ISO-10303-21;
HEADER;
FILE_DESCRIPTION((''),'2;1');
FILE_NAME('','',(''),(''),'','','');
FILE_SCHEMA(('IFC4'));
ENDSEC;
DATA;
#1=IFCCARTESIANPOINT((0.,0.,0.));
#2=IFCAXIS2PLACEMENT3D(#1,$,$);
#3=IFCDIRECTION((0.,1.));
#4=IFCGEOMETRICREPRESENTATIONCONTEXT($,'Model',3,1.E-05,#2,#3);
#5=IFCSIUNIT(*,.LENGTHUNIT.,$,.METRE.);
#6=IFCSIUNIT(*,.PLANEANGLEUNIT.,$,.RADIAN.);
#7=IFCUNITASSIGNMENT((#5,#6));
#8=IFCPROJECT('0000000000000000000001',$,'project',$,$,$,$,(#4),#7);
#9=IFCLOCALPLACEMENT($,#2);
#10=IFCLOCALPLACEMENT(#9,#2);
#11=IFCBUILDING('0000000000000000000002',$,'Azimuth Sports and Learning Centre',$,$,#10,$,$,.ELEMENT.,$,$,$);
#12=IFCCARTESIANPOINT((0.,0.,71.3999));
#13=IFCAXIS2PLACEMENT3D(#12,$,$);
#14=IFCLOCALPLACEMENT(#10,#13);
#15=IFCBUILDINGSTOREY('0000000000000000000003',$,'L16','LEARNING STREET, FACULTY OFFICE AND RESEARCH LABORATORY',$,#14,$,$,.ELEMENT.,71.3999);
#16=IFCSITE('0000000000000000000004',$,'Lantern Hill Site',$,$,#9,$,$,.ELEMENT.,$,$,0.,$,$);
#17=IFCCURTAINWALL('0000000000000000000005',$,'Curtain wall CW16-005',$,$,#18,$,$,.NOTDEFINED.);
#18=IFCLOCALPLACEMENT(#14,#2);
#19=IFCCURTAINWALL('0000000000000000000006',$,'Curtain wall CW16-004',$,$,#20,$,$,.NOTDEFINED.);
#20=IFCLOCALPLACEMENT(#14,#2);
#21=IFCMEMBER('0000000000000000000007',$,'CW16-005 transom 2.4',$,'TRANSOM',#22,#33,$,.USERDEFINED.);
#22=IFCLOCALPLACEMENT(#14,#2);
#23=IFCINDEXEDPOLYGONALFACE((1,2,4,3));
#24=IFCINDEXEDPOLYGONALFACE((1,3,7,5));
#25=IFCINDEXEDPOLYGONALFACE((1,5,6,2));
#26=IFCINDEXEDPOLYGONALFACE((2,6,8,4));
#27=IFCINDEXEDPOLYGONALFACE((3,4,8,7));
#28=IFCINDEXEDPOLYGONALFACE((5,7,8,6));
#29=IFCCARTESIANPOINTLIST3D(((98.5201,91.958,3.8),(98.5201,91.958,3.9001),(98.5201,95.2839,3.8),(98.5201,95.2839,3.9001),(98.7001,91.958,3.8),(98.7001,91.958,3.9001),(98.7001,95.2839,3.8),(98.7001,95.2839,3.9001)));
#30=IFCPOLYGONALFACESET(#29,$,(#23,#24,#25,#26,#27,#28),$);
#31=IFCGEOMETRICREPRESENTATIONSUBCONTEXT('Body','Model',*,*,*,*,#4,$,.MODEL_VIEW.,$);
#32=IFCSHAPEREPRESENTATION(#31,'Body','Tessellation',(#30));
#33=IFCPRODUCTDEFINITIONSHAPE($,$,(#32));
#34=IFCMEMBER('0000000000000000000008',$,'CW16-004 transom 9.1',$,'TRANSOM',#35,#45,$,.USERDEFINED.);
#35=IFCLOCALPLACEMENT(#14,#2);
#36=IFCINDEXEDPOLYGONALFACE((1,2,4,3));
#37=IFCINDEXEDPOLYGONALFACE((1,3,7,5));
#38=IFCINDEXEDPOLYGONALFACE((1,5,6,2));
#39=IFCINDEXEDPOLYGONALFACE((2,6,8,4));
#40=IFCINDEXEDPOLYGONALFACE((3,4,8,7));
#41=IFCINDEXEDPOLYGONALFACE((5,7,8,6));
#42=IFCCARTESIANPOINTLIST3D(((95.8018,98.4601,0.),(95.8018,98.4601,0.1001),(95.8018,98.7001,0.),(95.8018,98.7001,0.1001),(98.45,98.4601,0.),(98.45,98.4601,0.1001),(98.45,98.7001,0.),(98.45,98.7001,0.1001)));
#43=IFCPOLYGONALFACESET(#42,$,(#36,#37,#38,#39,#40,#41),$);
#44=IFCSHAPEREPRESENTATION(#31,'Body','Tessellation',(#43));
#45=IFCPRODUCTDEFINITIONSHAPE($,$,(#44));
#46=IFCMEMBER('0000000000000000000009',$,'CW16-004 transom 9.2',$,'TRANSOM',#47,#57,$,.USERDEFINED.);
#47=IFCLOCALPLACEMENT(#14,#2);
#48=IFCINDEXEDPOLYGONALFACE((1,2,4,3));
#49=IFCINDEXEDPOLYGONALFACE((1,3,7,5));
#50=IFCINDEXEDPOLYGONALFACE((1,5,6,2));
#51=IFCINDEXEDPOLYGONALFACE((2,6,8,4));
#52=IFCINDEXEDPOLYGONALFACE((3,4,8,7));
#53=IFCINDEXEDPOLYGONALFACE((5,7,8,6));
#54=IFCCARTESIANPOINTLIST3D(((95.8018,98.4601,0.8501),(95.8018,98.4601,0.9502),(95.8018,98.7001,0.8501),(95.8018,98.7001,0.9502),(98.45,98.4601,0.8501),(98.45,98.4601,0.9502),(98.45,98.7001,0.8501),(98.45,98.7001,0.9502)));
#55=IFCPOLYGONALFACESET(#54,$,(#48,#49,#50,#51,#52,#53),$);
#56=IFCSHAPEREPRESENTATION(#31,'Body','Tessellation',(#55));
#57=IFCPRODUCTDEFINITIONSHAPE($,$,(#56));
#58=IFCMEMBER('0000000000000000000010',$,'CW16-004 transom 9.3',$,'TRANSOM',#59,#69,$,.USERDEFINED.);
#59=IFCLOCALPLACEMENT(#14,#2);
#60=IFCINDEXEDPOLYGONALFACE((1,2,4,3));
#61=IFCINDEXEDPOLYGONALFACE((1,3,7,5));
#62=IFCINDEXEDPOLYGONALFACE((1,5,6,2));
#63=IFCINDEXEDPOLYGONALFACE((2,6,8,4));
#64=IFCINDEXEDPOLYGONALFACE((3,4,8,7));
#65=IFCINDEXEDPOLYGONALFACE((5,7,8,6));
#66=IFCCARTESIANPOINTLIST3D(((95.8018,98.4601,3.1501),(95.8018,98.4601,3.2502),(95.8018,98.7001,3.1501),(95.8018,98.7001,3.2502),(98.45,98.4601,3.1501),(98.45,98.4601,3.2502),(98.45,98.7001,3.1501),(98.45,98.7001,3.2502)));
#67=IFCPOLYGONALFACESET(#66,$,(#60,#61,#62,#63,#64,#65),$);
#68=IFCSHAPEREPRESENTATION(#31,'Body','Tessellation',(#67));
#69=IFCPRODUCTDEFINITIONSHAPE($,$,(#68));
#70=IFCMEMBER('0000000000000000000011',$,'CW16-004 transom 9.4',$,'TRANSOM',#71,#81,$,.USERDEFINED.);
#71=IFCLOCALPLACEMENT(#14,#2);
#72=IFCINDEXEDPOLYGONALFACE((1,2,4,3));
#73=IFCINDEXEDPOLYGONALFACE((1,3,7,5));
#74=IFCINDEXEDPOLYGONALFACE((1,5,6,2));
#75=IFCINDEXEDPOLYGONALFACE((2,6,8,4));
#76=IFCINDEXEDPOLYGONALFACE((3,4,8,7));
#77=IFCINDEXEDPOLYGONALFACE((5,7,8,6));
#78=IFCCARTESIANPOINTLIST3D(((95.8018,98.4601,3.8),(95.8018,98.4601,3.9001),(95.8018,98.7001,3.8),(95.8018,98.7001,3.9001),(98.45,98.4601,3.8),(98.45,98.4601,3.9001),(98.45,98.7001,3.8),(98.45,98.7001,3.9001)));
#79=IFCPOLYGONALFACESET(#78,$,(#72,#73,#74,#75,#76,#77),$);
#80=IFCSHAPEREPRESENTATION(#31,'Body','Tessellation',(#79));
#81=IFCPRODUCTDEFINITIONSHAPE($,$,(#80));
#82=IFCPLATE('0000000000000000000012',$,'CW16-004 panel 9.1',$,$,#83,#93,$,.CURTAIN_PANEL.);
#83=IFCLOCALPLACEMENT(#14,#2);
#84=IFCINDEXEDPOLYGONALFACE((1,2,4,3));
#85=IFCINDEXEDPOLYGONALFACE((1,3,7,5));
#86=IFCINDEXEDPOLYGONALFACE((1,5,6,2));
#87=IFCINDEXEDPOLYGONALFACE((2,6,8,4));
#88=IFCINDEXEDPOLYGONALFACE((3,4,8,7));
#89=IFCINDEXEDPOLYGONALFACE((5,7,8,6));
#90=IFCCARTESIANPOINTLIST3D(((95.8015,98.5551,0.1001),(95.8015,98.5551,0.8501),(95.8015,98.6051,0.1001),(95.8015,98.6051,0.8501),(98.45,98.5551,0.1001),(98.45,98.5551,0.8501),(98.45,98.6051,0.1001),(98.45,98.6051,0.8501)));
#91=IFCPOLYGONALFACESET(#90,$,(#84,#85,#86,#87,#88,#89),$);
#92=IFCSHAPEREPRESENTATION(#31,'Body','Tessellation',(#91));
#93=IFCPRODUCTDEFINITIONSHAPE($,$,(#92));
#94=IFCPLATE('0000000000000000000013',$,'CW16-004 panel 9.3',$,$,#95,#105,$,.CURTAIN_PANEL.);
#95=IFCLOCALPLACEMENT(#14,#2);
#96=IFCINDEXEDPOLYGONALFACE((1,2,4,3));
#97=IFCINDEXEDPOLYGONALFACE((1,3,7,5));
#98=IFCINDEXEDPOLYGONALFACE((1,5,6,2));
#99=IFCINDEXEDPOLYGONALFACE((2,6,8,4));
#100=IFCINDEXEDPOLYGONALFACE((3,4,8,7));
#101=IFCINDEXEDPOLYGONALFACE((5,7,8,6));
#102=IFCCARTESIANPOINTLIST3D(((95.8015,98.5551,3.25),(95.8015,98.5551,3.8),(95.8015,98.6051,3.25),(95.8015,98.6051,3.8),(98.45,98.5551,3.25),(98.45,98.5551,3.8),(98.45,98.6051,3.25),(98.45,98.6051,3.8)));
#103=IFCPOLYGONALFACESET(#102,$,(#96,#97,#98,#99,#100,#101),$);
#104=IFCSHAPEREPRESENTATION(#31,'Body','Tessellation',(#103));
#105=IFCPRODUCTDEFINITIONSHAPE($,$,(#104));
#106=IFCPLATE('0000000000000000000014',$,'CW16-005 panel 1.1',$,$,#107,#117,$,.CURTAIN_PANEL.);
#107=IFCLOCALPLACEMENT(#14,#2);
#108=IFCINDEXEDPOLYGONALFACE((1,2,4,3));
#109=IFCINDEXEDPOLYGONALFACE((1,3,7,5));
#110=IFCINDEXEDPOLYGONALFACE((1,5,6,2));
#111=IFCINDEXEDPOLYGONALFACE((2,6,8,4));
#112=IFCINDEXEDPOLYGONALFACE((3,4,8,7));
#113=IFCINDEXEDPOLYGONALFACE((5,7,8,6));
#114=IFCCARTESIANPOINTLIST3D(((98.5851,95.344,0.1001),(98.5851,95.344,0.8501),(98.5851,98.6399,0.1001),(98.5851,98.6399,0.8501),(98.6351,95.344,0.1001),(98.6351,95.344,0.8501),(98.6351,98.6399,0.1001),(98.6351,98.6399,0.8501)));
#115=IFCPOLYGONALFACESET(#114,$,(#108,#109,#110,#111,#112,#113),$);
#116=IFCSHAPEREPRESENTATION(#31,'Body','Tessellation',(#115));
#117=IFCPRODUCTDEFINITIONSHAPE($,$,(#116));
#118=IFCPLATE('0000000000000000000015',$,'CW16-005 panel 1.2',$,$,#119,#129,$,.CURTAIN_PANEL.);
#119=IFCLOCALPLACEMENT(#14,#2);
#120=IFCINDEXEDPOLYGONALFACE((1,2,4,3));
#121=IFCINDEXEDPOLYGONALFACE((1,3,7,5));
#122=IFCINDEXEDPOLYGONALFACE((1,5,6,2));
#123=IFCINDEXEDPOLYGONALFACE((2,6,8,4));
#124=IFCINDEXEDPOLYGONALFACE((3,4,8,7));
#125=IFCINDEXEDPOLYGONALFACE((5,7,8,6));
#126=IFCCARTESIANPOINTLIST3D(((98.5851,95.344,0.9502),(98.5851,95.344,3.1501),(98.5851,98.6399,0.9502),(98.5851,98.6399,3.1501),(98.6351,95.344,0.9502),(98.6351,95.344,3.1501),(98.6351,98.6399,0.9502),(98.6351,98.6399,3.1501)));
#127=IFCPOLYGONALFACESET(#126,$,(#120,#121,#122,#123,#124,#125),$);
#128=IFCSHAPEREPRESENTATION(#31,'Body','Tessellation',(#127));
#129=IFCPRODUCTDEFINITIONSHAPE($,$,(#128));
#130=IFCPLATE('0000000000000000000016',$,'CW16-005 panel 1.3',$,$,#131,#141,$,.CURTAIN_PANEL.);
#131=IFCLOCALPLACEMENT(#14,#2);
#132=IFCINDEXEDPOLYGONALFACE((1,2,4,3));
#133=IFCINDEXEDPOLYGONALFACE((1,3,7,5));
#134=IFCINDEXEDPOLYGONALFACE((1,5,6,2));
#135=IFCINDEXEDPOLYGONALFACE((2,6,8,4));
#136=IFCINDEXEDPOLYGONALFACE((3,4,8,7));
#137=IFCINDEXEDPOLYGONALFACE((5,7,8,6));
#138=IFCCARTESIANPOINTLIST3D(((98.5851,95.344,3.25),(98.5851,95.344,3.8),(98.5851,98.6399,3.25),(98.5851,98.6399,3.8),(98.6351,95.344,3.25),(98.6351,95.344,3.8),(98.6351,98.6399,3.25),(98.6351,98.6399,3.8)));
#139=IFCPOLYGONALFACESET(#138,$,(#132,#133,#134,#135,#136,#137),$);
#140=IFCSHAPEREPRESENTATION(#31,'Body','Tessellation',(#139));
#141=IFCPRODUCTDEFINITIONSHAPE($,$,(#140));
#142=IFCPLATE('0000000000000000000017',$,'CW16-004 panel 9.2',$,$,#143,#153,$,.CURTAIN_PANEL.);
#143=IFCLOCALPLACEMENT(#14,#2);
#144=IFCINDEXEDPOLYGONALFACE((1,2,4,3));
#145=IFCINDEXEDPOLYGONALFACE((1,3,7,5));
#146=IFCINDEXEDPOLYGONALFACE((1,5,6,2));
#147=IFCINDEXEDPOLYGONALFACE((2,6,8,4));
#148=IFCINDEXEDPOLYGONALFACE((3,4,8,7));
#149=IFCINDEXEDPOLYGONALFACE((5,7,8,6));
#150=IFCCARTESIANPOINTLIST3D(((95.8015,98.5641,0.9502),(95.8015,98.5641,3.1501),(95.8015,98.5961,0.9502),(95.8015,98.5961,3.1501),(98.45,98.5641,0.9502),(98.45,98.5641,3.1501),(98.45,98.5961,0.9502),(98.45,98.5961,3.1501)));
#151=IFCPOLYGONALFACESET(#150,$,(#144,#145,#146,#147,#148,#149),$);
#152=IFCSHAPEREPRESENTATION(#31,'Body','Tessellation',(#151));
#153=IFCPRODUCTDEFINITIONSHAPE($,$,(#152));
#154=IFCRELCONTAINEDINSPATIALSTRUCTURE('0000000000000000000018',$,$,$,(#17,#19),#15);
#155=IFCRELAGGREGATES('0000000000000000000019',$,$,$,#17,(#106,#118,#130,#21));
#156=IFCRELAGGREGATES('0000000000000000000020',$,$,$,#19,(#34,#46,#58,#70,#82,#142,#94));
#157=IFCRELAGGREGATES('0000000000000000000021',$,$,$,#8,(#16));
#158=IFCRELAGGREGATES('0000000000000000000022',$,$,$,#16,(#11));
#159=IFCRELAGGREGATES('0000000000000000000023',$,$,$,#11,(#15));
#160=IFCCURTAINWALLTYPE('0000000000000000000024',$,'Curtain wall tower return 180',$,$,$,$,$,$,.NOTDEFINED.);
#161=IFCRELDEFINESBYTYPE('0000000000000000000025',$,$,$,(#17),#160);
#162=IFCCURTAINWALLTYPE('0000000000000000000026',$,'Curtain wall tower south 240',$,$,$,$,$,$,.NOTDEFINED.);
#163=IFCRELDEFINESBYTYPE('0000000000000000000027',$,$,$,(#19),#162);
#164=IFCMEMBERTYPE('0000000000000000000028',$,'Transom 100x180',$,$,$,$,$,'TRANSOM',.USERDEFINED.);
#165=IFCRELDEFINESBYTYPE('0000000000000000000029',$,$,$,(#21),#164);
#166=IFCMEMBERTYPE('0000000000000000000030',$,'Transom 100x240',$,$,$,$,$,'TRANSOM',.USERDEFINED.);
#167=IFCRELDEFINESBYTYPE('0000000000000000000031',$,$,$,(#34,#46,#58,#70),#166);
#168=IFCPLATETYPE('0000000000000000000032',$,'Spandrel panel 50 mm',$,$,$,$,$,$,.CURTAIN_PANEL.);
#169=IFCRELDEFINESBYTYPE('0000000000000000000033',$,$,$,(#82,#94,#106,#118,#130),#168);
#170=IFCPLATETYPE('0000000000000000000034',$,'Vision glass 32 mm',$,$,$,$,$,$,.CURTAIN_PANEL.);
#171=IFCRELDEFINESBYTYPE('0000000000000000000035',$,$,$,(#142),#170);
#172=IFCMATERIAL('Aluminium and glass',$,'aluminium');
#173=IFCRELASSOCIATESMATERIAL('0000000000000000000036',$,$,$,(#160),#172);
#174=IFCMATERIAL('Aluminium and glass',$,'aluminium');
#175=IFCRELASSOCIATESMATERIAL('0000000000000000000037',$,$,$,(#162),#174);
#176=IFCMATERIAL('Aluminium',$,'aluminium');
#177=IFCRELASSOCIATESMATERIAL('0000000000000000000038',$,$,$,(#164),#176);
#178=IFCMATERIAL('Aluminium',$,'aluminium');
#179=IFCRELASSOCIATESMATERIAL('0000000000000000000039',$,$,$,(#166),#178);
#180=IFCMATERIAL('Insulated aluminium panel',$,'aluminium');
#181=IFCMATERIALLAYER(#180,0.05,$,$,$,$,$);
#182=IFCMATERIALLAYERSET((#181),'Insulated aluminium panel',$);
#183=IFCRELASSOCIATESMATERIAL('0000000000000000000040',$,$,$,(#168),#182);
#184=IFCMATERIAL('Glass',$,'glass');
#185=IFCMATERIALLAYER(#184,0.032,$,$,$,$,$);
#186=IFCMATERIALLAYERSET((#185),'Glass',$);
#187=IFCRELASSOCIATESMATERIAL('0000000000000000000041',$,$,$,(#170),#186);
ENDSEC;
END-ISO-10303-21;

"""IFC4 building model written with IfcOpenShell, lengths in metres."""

from ifc_helpers import new_model, si_unit, direction, frame, origin, origin_2d, place, context, subcontext, project, spatial, rectangle, extrude, material, layer, layer_set, material_profile, profile_set, type_object, element, aggregate, save


model = new_model("IFC4")

# Units and contexts
model_context = context("Model", 3, precision=1e-05, world=origin(), true_north=direction((0.0, 1.0)))
body_context = subcontext(model_context, "Body", "Model", "MODEL_VIEW")
ifc_project = project(units=[si_unit("LENGTHUNIT", "METRE"), si_unit("PLANEANGLEUNIT", "RADIAN")], contexts=[model_context])

# Site, building, storey
site_placement = place(None, origin())
site = spatial("IfcSite", under=ifc_project, at=site_placement, Name="Lantern Hill Site", CompositionType="ELEMENT", RefElevation=0.0)
building_placement = place(site_placement, origin())
building = spatial("IfcBuilding", under=site, at=building_placement, Name="Azimuth Sports and Learning Centre", CompositionType="ELEMENT")
storey_placement = place(building_placement, frame((0.0, 0.0, 71.3999)))
storey = spatial("IfcBuildingStorey", under=building, at=storey_placement, Name="L16", Description="LEARNING STREET, FACULTY OFFICE AND RESEARCH LABORATORY", CompositionType="ELEMENT", Elevation=71.3999)

# Curtain walls
ifc_material_1 = material(Name="Aluminium and glass", Category="aluminium")
curtain_wall_type_1 = type_object("IfcCurtainWallType", Name="Curtain wall tower return 180", PredefinedType="NOTDEFINED", material=ifc_material_1)
curtain_wall_1_placement = place(storey_placement, origin())
curtain_wall_1 = element("IfcCurtainWall", 1, at=curtain_wall_1_placement, inside=storey, type_object=curtain_wall_type_1, Name="Curtain wall CW16-005", PredefinedType="NOTDEFINED")
ifc_material_2 = material(Name="Aluminium and glass", Category="aluminium")
curtain_wall_type_2 = type_object("IfcCurtainWallType", Name="Curtain wall tower south 240", PredefinedType="NOTDEFINED", material=ifc_material_2)
curtain_wall_2_placement = place(storey_placement, origin())
curtain_wall_2 = element("IfcCurtainWall", 2, at=curtain_wall_2_placement, inside=storey, type_object=curtain_wall_type_2, Name="Curtain wall CW16-004", PredefinedType="NOTDEFINED")

# Members
ifc_material_3 = material(Name="Aluminium", Category="aluminium")
ifc_material_profile_1 = material_profile(ifc_material_3, rectangle(XDim=0.1799, YDim=0.1001, at=origin_2d()), Name="Transom 100x180")
ifc_profile_set_1 = profile_set([ifc_material_profile_1], Name="Aluminium")
member_type_1 = type_object("IfcMemberType", Name="Transom 100x180", ElementType="TRANSOM", PredefinedType="USERDEFINED", material=ifc_profile_set_1)
member_1_placement = place(storey_placement, frame((98.6101, 95.2839, 3.8501), z_axis=(0.0, -1.0, 0.0), x_axis=(1.0, 0.0, 0.0)))
member_1 = element("IfcMember", 3, at=member_1_placement, type_object=member_type_1, Name="CW16-005 transom 2.4", ObjectType="TRANSOM", PredefinedType="USERDEFINED", context=body_context, shape_type="SweptSolid", body=[
    extrude(rectangle(XDim=0.1799, YDim=0.1001, at=origin_2d()), origin(), (0.0, 0.0, 1.0), 3.3259),
])
ifc_material_4 = material(Name="Aluminium", Category="aluminium")
ifc_material_profile_2 = material_profile(ifc_material_4, rectangle(XDim=0.24, YDim=0.1001, at=origin_2d()), Name="Transom 100x240")
ifc_profile_set_2 = profile_set([ifc_material_profile_2], Name="Aluminium")
member_type_2 = type_object("IfcMemberType", Name="Transom 100x240", ElementType="TRANSOM", PredefinedType="USERDEFINED", material=ifc_profile_set_2)
member_2_placement = place(storey_placement, frame((95.8018, 98.5801, 0.05), z_axis=(1.0, 0.0, 0.0), x_axis=(0.0, 1.0, 0.0)))
member_2 = element("IfcMember", 4, at=member_2_placement, type_object=member_type_2, Name="CW16-004 transom 9.1", ObjectType="TRANSOM", PredefinedType="USERDEFINED", context=body_context, shape_type="SweptSolid", body=[
    extrude(rectangle(XDim=0.24, YDim=0.1001, at=origin_2d()), origin(), (0.0, 0.0, 1.0), 2.6482),
])
member_3_placement = place(storey_placement, frame((95.8018, 98.5801, 0.9001), z_axis=(1.0, 0.0, 0.0), x_axis=(0.0, 1.0, 0.0)))
member_3 = element("IfcMember", 5, at=member_3_placement, type_object=member_type_2, Name="CW16-004 transom 9.2", ObjectType="TRANSOM", PredefinedType="USERDEFINED", context=body_context, shape_type="SweptSolid", body=[
    extrude(rectangle(XDim=0.24, YDim=0.1001, at=origin_2d()), origin(), (0.0, 0.0, 1.0), 2.6482),
])
member_4_placement = place(storey_placement, frame((95.8018, 98.5801, 3.2002), z_axis=(1.0, 0.0, 0.0), x_axis=(0.0, 1.0, 0.0)))
member_4 = element("IfcMember", 6, at=member_4_placement, type_object=member_type_2, Name="CW16-004 transom 9.3", ObjectType="TRANSOM", PredefinedType="USERDEFINED", context=body_context, shape_type="SweptSolid", body=[
    extrude(rectangle(XDim=0.24, YDim=0.1001, at=origin_2d()), origin(), (0.0, 0.0, 1.0), 2.6482),
])
member_5_placement = place(storey_placement, frame((95.8018, 98.5801, 3.8501), z_axis=(1.0, 0.0, 0.0), x_axis=(0.0, 1.0, 0.0)))
member_5 = element("IfcMember", 7, at=member_5_placement, type_object=member_type_2, Name="CW16-004 transom 9.4", ObjectType="TRANSOM", PredefinedType="USERDEFINED", context=body_context, shape_type="SweptSolid", body=[
    extrude(rectangle(XDim=0.24, YDim=0.1001, at=origin_2d()), origin(), (0.0, 0.0, 1.0), 2.6482),
])

# Plates
ifc_material_5 = material(Name="Insulated aluminium panel", Category="aluminium")
ifc_layer_1 = layer(ifc_material_5, 0.05)
ifc_layer_set_1 = layer_set([ifc_layer_1], Name="Insulated aluminium panel")
plate_type_1 = type_object("IfcPlateType", Name="Spandrel panel 50 mm", PredefinedType="CURTAIN_PANEL", material=ifc_layer_set_1)
plate_1_placement = place(storey_placement, frame((97.1257, 98.5801, 0.1001), z_axis=(0.0, 0.0, 1.0), x_axis=(1.0, 0.0, 0.0)))
plate_1 = element("IfcPlate", 8, at=plate_1_placement, type_object=plate_type_1, Name="CW16-004 panel 9.1", PredefinedType="CURTAIN_PANEL", context=body_context, shape_type="SweptSolid", body=[
    extrude(rectangle(XDim=2.6484, YDim=0.05, at=origin_2d()), origin(), (0.0, 0.0, 1.0), 0.75),
])
plate_2_placement = place(storey_placement, frame((97.1257, 98.5801, 3.25), z_axis=(0.0, 0.0, 1.0), x_axis=(1.0, 0.0, 0.0)))
plate_2 = element("IfcPlate", 9, at=plate_2_placement, type_object=plate_type_1, Name="CW16-004 panel 9.3", PredefinedType="CURTAIN_PANEL", context=body_context, shape_type="SweptSolid", body=[
    extrude(rectangle(XDim=2.6484, YDim=0.05, at=origin_2d()), origin(), (0.0, 0.0, 1.0), 0.55),
])
plate_3_placement = place(storey_placement, frame((98.6101, 96.9919, 0.1001), z_axis=(0.0, 0.0, 1.0), x_axis=(0.0, -1.0, 0.0)))
plate_3 = element("IfcPlate", 10, at=plate_3_placement, type_object=plate_type_1, Name="CW16-005 panel 1.1", PredefinedType="CURTAIN_PANEL", context=body_context, shape_type="SweptSolid", body=[
    extrude(rectangle(XDim=3.2959, YDim=0.05, at=origin_2d()), origin(), (0.0, 0.0, 1.0), 0.75),
])
plate_4_placement = place(storey_placement, frame((98.6101, 96.9919, 0.9502), z_axis=(0.0, 0.0, 1.0), x_axis=(0.0, -1.0, 0.0)))
plate_4 = element("IfcPlate", 11, at=plate_4_placement, type_object=plate_type_1, Name="CW16-005 panel 1.2", PredefinedType="CURTAIN_PANEL", context=body_context, shape_type="SweptSolid", body=[
    extrude(rectangle(XDim=3.2959, YDim=0.05, at=origin_2d()), origin(), (0.0, 0.0, 1.0), 2.2),
])
plate_5_placement = place(storey_placement, frame((98.6101, 96.9919, 3.25), z_axis=(0.0, 0.0, 1.0), x_axis=(0.0, -1.0, 0.0)))
plate_5 = element("IfcPlate", 12, at=plate_5_placement, type_object=plate_type_1, Name="CW16-005 panel 1.3", PredefinedType="CURTAIN_PANEL", context=body_context, shape_type="SweptSolid", body=[
    extrude(rectangle(XDim=3.2959, YDim=0.05, at=origin_2d()), origin(), (0.0, 0.0, 1.0), 0.55),
])
aggregate(curtain_wall_1, [plate_3, plate_4, plate_5, member_1])
ifc_material_6 = material(Name="Glass", Category="glass")
ifc_layer_2 = layer(ifc_material_6, 0.032)
ifc_layer_set_2 = layer_set([ifc_layer_2], Name="Glass")
plate_type_2 = type_object("IfcPlateType", Name="Vision glass 32 mm", PredefinedType="CURTAIN_PANEL", material=ifc_layer_set_2)
plate_6_placement = place(storey_placement, frame((97.1257, 98.5801, 0.9502), z_axis=(0.0, 0.0, 1.0), x_axis=(1.0, 0.0, 0.0)))
plate_6 = element("IfcPlate", 13, at=plate_6_placement, type_object=plate_type_2, Name="CW16-004 panel 9.2", PredefinedType="CURTAIN_PANEL", context=body_context, shape_type="SweptSolid", body=[
    extrude(rectangle(XDim=2.6484, YDim=0.032, at=origin_2d()), origin(), (0.0, 0.0, 1.0), 2.2),
])
aggregate(curtain_wall_2, [member_2, member_3, member_4, member_5, plate_1, plate_6, plate_2])

save(model, "model.ifc")
